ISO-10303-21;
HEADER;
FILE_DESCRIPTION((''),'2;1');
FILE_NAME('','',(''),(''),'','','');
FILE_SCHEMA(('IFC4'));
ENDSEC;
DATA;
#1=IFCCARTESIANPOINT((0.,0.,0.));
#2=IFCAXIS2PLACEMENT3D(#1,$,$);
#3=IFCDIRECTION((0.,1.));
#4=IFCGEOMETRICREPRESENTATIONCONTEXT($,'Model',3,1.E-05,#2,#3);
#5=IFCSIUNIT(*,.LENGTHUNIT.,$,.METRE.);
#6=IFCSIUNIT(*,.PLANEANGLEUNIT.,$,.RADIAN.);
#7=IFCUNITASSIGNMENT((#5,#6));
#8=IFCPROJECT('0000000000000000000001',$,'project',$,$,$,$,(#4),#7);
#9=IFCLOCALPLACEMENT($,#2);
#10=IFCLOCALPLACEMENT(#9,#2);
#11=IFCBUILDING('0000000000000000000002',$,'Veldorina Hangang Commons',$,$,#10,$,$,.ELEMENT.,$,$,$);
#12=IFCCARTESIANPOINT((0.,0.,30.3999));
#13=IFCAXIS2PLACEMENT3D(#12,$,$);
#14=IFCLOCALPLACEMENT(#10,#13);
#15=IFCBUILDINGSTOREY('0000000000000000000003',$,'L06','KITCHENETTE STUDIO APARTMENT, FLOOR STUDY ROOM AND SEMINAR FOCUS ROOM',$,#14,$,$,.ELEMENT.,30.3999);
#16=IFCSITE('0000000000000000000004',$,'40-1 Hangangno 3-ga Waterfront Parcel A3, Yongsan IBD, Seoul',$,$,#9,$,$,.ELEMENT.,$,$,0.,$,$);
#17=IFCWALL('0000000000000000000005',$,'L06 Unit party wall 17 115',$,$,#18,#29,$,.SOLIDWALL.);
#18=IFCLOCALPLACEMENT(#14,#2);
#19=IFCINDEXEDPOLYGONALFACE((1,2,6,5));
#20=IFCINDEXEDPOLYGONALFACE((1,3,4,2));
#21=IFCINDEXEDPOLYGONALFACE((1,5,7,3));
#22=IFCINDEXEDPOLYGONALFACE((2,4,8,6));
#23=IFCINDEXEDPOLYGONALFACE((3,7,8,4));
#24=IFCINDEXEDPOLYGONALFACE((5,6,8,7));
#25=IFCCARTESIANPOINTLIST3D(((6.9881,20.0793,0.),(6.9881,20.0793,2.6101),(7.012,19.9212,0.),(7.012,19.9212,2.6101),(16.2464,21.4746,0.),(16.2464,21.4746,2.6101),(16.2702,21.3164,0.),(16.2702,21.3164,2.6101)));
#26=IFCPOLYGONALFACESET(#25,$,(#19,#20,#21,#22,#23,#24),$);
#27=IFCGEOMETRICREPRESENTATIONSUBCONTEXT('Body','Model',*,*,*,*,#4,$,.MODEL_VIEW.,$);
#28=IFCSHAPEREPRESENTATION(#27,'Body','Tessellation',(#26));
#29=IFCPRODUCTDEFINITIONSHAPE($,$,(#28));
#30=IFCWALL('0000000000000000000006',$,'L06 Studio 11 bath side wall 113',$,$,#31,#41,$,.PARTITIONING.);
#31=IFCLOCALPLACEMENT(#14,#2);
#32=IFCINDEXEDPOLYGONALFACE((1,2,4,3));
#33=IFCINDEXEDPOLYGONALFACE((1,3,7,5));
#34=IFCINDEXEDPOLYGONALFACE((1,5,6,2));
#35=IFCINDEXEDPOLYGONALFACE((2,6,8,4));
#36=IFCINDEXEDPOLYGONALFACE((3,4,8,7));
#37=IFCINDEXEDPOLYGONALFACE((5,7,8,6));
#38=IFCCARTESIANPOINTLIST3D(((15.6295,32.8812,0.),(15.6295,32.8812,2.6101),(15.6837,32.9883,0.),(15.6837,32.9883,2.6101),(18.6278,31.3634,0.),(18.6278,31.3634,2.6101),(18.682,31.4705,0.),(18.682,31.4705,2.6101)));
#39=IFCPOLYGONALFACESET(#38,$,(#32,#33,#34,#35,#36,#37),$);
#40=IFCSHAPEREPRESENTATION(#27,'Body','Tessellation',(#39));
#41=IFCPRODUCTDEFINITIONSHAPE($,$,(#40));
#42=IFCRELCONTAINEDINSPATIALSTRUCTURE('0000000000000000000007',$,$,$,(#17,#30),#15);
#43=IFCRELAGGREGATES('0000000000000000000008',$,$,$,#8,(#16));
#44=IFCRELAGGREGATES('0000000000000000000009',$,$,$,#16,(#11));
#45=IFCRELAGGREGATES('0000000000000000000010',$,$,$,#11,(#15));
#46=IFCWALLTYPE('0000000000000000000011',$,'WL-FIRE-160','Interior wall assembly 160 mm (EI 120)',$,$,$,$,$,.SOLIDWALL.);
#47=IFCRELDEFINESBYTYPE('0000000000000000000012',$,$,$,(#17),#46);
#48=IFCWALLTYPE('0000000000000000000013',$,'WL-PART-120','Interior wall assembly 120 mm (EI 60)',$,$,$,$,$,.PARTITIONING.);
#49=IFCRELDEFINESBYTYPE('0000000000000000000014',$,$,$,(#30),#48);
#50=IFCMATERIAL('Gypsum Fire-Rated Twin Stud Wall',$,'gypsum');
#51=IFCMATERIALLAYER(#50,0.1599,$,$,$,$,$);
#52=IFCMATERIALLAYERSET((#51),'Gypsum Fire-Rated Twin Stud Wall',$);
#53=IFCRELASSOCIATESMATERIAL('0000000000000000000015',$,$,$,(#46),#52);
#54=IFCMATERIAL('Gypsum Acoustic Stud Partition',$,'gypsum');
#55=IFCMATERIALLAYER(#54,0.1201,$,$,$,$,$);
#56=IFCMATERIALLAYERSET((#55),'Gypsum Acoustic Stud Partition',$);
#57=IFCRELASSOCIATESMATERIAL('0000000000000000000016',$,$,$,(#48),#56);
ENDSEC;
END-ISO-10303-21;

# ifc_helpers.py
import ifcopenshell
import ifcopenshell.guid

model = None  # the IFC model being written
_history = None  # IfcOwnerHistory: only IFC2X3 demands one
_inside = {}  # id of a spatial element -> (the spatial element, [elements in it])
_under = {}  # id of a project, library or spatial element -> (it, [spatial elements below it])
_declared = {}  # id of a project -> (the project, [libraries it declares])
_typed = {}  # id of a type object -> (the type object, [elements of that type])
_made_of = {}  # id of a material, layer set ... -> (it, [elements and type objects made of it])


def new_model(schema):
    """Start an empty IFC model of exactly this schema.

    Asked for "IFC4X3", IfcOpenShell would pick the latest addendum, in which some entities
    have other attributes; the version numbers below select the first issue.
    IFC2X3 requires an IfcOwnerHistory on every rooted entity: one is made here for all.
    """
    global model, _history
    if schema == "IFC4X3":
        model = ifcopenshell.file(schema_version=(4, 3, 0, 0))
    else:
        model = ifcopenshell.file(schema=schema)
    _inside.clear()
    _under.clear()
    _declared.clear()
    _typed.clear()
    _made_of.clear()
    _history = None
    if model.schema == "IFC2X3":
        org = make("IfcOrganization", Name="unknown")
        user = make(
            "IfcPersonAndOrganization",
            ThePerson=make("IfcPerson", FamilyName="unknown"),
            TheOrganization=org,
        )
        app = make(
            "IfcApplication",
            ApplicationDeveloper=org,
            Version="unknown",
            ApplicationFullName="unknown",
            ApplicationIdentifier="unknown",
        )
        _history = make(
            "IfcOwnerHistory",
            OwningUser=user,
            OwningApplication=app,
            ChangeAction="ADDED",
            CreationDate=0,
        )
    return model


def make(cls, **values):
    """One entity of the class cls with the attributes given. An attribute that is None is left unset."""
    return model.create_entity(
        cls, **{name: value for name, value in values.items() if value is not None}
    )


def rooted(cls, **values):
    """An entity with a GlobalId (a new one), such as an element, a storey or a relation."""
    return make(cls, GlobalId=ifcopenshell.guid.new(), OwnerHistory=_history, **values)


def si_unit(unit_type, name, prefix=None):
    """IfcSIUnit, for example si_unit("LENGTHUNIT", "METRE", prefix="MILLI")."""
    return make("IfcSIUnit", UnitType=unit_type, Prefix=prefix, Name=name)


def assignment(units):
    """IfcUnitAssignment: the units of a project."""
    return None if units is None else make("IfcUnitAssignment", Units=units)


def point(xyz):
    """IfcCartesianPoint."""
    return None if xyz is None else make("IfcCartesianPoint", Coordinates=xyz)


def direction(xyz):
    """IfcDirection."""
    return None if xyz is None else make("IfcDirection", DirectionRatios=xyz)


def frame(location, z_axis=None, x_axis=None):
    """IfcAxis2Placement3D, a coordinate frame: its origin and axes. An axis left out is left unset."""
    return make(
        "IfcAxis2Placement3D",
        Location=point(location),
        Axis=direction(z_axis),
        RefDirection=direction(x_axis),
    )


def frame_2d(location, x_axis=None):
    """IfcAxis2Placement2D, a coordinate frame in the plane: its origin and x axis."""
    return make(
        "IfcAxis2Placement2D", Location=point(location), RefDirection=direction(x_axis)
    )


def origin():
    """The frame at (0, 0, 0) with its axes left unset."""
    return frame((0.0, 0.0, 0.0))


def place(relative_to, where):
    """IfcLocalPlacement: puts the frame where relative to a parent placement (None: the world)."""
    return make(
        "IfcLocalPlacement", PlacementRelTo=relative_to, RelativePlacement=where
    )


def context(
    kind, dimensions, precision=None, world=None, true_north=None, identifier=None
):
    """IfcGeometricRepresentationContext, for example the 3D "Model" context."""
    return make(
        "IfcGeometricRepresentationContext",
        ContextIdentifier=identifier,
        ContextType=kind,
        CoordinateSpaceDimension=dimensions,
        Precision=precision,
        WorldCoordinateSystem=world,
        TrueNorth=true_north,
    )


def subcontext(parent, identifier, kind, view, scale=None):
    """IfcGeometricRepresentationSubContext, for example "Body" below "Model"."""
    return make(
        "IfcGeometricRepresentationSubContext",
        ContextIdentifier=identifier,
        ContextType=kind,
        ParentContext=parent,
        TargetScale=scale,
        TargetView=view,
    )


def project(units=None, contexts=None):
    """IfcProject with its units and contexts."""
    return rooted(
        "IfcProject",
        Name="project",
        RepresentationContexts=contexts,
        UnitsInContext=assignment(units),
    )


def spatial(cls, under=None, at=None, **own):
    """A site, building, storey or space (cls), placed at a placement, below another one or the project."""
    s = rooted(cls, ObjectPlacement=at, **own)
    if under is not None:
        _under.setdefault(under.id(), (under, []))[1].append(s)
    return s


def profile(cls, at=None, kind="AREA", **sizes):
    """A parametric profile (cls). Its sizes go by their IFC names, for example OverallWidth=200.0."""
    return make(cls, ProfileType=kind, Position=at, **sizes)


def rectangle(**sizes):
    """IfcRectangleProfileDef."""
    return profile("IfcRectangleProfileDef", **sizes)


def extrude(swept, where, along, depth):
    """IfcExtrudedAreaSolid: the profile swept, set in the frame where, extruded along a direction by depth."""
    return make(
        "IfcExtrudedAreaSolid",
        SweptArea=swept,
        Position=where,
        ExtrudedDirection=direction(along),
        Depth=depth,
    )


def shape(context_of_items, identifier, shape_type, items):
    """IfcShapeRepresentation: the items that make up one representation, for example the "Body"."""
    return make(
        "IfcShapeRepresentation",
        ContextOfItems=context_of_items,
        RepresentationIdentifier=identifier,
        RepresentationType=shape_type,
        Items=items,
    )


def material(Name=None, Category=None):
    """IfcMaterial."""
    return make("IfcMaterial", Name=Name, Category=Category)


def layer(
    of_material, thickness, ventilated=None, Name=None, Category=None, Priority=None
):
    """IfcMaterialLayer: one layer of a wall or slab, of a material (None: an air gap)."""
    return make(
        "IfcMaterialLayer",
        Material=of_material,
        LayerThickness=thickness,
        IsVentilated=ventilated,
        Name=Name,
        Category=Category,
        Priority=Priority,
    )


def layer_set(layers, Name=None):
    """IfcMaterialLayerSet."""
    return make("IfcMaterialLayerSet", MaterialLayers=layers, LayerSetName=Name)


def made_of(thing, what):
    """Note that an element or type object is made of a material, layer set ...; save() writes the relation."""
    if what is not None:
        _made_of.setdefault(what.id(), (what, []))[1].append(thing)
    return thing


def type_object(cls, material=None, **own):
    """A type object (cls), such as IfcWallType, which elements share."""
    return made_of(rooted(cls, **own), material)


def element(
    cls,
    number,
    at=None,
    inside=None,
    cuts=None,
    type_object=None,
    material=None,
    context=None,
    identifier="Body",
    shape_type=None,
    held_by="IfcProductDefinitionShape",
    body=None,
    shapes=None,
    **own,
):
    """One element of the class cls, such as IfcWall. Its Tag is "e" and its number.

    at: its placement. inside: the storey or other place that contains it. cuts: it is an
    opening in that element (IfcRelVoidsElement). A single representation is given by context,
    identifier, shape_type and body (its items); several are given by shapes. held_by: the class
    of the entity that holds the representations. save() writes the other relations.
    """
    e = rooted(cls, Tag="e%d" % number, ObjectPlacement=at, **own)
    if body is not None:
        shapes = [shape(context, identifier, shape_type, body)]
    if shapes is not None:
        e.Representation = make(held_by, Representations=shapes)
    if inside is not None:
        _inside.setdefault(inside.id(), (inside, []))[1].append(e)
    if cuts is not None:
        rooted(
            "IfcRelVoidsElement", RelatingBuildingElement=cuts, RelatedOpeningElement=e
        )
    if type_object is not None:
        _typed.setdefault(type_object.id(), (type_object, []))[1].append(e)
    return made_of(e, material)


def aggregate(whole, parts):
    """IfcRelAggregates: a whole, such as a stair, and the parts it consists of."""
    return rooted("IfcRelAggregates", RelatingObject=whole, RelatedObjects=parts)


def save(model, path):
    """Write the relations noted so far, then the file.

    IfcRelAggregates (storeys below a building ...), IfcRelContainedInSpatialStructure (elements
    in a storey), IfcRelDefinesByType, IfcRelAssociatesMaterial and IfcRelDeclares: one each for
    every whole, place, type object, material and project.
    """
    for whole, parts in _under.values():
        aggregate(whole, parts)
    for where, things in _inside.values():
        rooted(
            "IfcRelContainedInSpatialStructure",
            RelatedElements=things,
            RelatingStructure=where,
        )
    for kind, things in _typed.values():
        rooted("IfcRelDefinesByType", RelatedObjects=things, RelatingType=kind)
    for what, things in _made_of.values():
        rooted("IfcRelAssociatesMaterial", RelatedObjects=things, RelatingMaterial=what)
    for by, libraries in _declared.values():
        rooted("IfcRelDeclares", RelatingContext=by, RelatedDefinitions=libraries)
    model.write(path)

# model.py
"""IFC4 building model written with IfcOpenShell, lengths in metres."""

from ifc_helpers import new_model, si_unit, direction, frame, frame_2d, origin, place, context, subcontext, project, spatial, rectangle, extrude, material, layer, layer_set, type_object, element, save


model = new_model("IFC4")

# Units and contexts
model_context = context("Model", 3, precision=1e-05, world=origin(), true_north=direction((0.0, 1.0)))
body_context = subcontext(model_context, "Body", "Model", "MODEL_VIEW")
ifc_project = project(units=[si_unit("LENGTHUNIT", "METRE"), si_unit("PLANEANGLEUNIT", "RADIAN")], contexts=[model_context])

# Site, building, storey
site_placement = place(None, origin())
site = spatial("IfcSite", under=ifc_project, at=site_placement, Name="40-1 Hangangno 3-ga Waterfront Parcel A3, Yongsan IBD, Seoul", CompositionType="ELEMENT", RefElevation=0.0)
building_placement = place(site_placement, origin())
building = spatial("IfcBuilding", under=site, at=building_placement, Name="Veldorina Hangang Commons", CompositionType="ELEMENT")
storey_placement = place(building_placement, frame((0.0, 0.0, 30.3999)))
storey = spatial("IfcBuildingStorey", under=building, at=storey_placement, Name="L06", Description="KITCHENETTE STUDIO APARTMENT, FLOOR STUDY ROOM AND SEMINAR FOCUS ROOM", CompositionType="ELEMENT", Elevation=30.3999)

# Shared definitions
ifc_material_1 = material(Name="Gypsum Fire-Rated Twin Stud Wall", Category="gypsum")
ifc_layer_1 = layer(ifc_material_1, 0.1599)
ifc_layer_set_1 = layer_set([ifc_layer_1], Name="Gypsum Fire-Rated Twin Stud Wall")
wall_type_1 = type_object("IfcWallType", Name="WL-FIRE-160", Description="Interior wall assembly 160 mm (EI 120)", PredefinedType="SOLIDWALL", material=ifc_layer_set_1)

# Walls
wall_1_placement = place(storey_placement, frame((16.2583, 21.3955, 0.0), z_axis=(0.0, 0.0, 1.0), x_axis=(-0.988834, -0.149021, 0.0)))
element("IfcWall", 1, at=wall_1_placement, inside=storey, type_object=wall_type_1, Name="L06 Unit party wall 17 115", PredefinedType="SOLIDWALL", context=body_context, shape_type="SweptSolid", body=[
    extrude(rectangle(XDim=9.3628, YDim=0.1599, at=frame_2d((4.6814, 0.0))), origin(), (0.0, 0.0, 1.0), 2.6101),
])
ifc_material_2 = material(Name="Gypsum Acoustic Stud Partition", Category="gypsum")
ifc_layer_2 = layer(ifc_material_2, 0.1201)
ifc_layer_set_2 = layer_set([ifc_layer_2], Name="Gypsum Acoustic Stud Partition")
wall_type_2 = type_object("IfcWallType", Name="WL-PART-120", Description="Interior wall assembly 120 mm (EI 60)", PredefinedType="PARTITIONING", material=ifc_layer_set_2)
wall_2_placement = place(storey_placement, frame((18.6548, 31.417, 0.0), z_axis=(0.0, 0.0, 1.0), x_axis=(-0.892193, 0.451654, 0.0)))
element("IfcWall", 2, at=wall_2_placement, inside=storey, type_object=wall_type_2, Name="L06 Studio 11 bath side wall 113", PredefinedType="PARTITIONING", context=body_context, shape_type="SweptSolid", body=[
    extrude(rectangle(XDim=3.3606, YDim=0.1201, at=frame_2d((1.6802, 0.0))), origin(), (0.0, 0.0, 1.0), 2.6101),
])

save(model, "model.ifc")
